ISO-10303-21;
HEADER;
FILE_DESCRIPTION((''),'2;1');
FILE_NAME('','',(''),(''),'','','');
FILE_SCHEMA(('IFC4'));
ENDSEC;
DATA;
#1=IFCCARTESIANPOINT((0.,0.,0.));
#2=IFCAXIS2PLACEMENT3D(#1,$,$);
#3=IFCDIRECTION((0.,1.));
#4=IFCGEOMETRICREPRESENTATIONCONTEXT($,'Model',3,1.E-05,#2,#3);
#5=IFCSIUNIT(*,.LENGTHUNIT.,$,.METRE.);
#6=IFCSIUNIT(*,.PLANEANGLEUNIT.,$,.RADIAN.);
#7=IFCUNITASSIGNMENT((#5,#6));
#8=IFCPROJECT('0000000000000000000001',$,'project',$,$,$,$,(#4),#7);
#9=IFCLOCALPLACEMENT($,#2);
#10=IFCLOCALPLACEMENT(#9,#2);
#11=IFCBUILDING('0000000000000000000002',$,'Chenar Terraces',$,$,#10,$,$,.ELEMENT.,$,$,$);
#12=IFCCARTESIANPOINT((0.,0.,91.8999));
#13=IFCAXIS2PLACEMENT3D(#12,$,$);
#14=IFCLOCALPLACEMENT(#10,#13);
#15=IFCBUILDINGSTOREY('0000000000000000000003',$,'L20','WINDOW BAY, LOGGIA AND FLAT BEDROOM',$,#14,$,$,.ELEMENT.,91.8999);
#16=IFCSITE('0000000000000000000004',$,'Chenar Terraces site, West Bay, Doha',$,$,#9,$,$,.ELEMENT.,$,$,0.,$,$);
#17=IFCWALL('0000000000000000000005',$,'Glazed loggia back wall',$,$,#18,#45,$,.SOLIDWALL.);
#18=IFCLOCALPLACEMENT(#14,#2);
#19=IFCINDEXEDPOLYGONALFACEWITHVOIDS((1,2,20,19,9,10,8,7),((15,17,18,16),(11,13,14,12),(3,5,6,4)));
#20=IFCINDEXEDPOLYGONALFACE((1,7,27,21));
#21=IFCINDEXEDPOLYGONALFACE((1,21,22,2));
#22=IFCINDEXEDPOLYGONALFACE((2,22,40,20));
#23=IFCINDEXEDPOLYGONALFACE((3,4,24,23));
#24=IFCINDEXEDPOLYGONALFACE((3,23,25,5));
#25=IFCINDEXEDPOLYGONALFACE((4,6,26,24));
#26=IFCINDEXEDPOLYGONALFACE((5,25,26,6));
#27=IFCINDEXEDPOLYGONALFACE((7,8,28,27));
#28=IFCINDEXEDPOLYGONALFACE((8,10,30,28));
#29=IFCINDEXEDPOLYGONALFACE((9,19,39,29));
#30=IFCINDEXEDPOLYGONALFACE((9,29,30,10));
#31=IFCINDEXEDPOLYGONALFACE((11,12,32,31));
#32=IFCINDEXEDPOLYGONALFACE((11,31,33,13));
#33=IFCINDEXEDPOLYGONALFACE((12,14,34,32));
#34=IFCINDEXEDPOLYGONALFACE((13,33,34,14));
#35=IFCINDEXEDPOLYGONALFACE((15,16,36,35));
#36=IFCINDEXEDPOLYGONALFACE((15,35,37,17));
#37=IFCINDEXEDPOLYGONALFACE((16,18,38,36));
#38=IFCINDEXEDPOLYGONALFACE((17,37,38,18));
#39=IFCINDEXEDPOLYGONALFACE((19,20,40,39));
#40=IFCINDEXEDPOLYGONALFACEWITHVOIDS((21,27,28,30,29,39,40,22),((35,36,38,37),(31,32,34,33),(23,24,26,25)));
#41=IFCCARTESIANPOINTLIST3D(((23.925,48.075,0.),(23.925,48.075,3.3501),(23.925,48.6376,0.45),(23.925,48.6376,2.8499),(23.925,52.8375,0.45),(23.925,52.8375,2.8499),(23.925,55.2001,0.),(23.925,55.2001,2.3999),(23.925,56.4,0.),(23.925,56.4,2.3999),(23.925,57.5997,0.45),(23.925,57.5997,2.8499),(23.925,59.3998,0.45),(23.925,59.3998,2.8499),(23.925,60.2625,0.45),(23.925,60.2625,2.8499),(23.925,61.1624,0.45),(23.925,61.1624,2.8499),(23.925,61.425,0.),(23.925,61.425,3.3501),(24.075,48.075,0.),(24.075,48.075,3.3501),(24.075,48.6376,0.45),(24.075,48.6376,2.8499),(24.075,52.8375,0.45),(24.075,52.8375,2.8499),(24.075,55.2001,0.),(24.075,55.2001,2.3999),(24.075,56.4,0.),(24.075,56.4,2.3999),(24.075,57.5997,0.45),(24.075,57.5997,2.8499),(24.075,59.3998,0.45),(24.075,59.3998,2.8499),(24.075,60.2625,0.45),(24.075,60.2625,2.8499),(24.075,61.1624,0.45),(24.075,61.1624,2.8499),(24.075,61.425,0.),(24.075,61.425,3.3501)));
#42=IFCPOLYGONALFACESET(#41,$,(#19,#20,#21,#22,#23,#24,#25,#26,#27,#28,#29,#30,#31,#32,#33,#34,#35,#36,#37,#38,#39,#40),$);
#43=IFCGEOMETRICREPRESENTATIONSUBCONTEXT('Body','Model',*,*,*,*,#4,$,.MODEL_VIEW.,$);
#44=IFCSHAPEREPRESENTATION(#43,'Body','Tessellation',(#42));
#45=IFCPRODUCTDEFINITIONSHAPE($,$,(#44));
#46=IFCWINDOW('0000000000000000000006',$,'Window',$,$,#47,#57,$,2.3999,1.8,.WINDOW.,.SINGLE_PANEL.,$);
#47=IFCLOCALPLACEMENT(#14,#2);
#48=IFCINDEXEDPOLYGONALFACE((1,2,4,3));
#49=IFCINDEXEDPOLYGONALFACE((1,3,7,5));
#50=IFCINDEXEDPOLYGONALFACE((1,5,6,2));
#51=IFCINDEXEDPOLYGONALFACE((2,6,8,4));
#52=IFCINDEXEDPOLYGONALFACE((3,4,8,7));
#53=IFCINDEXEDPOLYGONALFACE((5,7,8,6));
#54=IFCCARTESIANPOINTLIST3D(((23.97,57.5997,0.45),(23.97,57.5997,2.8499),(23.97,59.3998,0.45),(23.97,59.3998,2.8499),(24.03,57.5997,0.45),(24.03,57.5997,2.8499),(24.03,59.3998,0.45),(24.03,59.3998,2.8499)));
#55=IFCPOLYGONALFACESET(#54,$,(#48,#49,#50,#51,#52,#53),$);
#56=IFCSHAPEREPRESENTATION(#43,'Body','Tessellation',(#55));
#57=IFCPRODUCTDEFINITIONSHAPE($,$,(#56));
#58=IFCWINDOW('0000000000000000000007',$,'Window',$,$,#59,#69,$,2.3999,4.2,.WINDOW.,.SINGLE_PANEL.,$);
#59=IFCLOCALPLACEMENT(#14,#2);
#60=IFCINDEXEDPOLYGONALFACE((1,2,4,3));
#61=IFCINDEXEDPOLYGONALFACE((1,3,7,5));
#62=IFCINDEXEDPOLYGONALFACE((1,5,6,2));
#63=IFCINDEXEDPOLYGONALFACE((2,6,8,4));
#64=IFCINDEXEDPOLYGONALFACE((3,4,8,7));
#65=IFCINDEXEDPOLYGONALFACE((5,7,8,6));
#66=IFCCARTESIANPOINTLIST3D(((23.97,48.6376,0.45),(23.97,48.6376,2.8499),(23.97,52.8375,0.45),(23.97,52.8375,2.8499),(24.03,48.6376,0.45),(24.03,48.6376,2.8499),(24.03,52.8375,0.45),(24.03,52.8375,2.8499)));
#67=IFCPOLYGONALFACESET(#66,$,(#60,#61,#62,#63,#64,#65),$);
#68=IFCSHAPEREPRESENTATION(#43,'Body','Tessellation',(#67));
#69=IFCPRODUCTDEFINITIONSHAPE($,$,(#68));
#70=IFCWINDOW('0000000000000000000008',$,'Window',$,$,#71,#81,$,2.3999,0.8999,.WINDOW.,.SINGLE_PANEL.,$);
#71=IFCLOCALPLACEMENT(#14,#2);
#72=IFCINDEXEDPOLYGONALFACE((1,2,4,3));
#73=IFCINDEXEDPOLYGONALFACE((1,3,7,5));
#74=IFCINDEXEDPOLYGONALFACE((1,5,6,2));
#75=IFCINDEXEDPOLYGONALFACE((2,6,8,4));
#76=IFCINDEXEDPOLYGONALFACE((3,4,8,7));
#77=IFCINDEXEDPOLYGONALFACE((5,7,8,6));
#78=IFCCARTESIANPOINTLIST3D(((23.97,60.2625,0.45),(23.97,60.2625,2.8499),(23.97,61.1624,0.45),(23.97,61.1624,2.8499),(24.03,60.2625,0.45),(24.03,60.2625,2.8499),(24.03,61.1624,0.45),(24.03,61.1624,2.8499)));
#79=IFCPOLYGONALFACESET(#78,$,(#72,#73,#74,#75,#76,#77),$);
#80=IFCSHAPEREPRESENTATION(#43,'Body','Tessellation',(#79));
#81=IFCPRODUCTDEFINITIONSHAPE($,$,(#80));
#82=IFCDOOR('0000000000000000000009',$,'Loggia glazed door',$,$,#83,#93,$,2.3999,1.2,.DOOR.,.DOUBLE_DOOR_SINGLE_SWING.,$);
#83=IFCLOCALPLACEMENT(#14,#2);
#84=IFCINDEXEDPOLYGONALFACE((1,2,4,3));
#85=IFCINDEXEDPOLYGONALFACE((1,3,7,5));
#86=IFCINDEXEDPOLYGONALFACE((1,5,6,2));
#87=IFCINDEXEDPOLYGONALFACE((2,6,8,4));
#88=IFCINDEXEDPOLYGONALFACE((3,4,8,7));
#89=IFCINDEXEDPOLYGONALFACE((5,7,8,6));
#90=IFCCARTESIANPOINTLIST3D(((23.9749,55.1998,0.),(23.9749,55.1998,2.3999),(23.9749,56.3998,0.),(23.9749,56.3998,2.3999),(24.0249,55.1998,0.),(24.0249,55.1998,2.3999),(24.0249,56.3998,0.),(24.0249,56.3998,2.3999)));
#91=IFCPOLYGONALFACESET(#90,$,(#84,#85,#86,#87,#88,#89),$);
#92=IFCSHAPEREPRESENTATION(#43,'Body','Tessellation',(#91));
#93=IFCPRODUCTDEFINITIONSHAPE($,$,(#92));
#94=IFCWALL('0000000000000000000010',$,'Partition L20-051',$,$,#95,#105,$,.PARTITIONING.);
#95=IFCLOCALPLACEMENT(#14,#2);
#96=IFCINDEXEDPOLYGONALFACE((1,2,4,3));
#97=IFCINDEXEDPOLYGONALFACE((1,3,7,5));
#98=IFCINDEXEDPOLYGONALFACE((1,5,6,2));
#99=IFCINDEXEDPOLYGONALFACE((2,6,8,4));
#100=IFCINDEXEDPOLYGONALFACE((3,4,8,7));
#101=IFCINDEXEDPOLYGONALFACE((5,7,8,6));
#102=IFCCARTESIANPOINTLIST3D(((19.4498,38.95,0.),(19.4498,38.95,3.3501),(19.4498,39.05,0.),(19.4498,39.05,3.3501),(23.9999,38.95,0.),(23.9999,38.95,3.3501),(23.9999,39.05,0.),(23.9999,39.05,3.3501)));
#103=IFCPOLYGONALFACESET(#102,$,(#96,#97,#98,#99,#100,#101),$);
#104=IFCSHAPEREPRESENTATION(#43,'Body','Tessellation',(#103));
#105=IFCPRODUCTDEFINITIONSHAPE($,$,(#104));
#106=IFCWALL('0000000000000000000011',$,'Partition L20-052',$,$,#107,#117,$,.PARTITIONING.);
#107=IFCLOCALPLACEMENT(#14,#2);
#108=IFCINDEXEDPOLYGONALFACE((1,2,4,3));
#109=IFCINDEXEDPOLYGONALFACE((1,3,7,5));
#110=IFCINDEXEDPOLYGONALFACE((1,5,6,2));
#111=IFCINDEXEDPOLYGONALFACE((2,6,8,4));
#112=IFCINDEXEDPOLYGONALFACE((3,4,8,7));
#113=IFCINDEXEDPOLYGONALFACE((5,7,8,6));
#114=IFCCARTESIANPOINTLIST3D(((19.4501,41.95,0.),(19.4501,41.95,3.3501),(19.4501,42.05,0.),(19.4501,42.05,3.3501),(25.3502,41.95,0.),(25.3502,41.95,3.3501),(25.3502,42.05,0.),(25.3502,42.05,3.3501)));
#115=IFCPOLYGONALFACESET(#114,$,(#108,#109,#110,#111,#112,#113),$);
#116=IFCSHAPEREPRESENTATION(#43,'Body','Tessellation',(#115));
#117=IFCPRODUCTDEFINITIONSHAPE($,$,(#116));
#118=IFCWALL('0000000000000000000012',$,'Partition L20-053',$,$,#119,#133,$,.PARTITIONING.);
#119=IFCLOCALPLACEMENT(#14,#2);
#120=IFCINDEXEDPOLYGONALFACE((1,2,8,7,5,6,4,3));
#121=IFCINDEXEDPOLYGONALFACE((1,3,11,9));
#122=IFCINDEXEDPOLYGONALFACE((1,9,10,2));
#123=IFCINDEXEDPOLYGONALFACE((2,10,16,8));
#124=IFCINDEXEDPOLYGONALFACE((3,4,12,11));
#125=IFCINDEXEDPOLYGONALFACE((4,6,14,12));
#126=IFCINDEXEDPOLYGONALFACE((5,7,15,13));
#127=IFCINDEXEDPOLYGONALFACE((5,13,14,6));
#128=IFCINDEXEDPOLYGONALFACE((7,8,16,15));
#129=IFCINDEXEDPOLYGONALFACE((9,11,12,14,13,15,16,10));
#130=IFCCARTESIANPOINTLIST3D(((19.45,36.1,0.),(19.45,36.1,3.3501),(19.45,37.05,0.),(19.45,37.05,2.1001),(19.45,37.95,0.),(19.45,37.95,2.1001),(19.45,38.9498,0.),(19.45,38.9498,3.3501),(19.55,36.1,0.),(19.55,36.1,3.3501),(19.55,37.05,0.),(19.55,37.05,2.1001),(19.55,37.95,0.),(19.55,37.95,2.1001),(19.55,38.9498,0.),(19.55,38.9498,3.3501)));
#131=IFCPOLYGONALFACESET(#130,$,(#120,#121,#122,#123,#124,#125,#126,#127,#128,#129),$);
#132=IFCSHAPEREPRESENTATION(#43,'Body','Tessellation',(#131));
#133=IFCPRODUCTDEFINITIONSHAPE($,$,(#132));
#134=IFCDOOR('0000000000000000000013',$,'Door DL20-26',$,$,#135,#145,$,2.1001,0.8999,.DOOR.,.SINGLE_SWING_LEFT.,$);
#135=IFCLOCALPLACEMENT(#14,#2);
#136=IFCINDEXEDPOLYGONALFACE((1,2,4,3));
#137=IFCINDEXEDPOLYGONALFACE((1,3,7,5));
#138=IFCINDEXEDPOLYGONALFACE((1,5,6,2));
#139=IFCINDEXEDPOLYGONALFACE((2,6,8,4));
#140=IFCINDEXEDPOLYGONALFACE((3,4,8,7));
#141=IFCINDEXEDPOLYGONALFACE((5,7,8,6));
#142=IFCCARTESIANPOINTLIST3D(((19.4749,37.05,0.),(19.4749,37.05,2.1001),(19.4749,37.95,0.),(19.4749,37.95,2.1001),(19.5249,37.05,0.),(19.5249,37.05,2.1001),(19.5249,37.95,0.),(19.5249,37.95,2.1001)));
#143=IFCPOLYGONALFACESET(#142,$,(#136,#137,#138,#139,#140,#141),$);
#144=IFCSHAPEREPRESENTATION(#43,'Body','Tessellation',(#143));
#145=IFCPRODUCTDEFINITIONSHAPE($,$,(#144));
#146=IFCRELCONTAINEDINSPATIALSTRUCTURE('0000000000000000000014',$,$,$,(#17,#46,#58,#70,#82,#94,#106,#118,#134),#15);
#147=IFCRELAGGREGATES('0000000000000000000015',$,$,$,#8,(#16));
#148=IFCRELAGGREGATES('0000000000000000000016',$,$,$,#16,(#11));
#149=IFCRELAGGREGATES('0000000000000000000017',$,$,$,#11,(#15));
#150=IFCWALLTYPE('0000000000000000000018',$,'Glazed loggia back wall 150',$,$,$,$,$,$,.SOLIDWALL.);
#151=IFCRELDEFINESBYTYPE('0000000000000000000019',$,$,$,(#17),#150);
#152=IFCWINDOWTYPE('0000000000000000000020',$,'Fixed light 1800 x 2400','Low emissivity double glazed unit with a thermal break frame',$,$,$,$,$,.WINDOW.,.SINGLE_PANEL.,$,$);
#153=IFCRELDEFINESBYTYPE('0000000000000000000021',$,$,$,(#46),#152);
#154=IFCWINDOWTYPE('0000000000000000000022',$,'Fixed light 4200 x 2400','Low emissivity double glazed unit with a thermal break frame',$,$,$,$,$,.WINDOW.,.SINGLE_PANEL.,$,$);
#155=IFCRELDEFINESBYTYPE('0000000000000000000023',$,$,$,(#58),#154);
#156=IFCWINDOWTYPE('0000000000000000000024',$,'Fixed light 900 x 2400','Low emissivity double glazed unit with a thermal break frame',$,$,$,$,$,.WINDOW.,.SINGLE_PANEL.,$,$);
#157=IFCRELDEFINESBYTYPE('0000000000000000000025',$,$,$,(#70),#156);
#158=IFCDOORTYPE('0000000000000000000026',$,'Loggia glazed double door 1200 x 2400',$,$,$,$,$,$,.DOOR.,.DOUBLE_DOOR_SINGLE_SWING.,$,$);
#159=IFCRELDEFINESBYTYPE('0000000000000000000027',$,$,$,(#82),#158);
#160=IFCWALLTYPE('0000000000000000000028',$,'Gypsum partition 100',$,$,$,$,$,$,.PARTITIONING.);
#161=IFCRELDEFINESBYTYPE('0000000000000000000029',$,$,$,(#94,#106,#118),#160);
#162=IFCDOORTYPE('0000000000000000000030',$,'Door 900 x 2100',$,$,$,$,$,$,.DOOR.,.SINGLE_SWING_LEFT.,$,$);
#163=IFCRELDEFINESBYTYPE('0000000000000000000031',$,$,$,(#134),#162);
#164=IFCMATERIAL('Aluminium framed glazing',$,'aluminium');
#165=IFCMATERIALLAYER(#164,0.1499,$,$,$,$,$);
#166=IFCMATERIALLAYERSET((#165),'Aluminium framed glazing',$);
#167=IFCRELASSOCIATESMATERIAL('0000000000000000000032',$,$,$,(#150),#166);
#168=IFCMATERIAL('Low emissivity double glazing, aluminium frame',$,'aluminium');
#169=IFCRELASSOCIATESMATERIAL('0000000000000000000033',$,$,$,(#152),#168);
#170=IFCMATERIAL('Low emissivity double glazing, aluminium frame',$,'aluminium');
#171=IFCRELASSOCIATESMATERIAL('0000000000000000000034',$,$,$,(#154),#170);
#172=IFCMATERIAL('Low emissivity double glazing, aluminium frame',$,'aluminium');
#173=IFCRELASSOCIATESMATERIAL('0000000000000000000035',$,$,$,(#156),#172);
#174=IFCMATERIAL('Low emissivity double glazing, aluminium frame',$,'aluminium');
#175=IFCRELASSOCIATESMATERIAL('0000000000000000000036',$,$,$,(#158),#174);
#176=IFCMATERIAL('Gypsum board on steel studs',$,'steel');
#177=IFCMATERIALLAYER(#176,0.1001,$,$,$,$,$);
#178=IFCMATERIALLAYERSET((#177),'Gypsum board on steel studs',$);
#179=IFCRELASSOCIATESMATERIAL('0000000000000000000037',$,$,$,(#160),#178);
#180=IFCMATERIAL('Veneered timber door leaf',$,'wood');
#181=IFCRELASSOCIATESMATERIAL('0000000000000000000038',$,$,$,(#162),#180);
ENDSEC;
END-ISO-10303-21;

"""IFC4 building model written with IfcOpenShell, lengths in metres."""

from ifc_helpers import new_model, si_unit, direction, frame, frame_2d, origin, place, context, subcontext, project, spatial, rectangle, extrude, material, layer, layer_set, type_object, element, fill, save


model = new_model("IFC4")

# Units and contexts
model_context = context("Model", 3, precision=1e-05, world=origin(), true_north=direction((0.0, 1.0)))
body_context = subcontext(model_context, "Body", "Model", "MODEL_VIEW")
ifc_project = project(units=[si_unit("LENGTHUNIT", "METRE"), si_unit("PLANEANGLEUNIT", "RADIAN")], contexts=[model_context])

# Site, building, storey
site_placement = place(None, origin())
site = spatial("IfcSite", under=ifc_project, at=site_placement, Name="Chenar Terraces site, West Bay, Doha", CompositionType="ELEMENT", RefElevation=0.0)
building_placement = place(site_placement, origin())
building = spatial("IfcBuilding", under=site, at=building_placement, Name="Chenar Terraces", CompositionType="ELEMENT")
storey_placement = place(building_placement, frame((0.0, 0.0, 91.8999)))
storey = spatial("IfcBuildingStorey", under=building, at=storey_placement, Name="L20", Description="WINDOW BAY, LOGGIA AND FLAT BEDROOM", CompositionType="ELEMENT", Elevation=91.8999)

# Wall, openings, windows, door
ifc_material_1 = material(Name="Aluminium framed glazing", Category="aluminium")
ifc_layer_1 = layer(ifc_material_1, 0.1499)
ifc_layer_set_1 = layer_set([ifc_layer_1], Name="Aluminium framed glazing")
wall_type_1 = type_object("IfcWallType", Name="Glazed loggia back wall 150", PredefinedType="SOLIDWALL", material=ifc_layer_set_1)
wall_1_placement = place(storey_placement, frame((24.0, 48.075, 0.0), z_axis=(0.0, 0.0, 1.0), x_axis=(0.0, 1.0, 0.0)))
wall_1 = element("IfcWall", 1, at=wall_1_placement, inside=storey, type_object=wall_type_1, Name="Glazed loggia back wall", PredefinedType="SOLIDWALL", context=body_context, shape_type="SweptSolid", body=[
    extrude(rectangle(XDim=13.3501, YDim=0.1499, at=frame_2d((6.675, 0.0))), origin(), (0.0, 0.0, 1.0), 3.3501),
])
opening_1_placement = place(wall_1_placement, frame((0.5625, 0.0, 0.45)))
opening_1 = element("IfcOpeningElement", 2, at=opening_1_placement, cuts=wall_1, PredefinedType="OPENING", context=body_context, shape_type="SweptSolid", body=[
    extrude(rectangle(XDim=4.2, YDim=2.3999, at=frame_2d((2.1001, 1.2))), frame((0.0, 0.085, 0.0), z_axis=(0.0, -1.0, 0.0), x_axis=(1.0, 0.0, 0.0)), (0.0, 0.0, 1.0), 0.1699),
])
opening_2_placement = place(wall_1_placement, frame((7.125, 0.0, 0.0)))
opening_2 = element("IfcOpeningElement", 3, at=opening_2_placement, cuts=wall_1, PredefinedType="OPENING", context=body_context, shape_type="SweptSolid", body=[
    extrude(rectangle(XDim=1.2, YDim=2.3999, at=frame_2d((0.6001, 1.2))), frame((0.0, 0.085, 0.0), z_axis=(0.0, -1.0, 0.0), x_axis=(1.0, 0.0, 0.0)), (0.0, 0.0, 1.0), 0.1699),
])
opening_3_placement = place(wall_1_placement, frame((9.5249, 0.0, 0.45)))
opening_3 = element("IfcOpeningElement", 4, at=opening_3_placement, cuts=wall_1, PredefinedType="OPENING", context=body_context, shape_type="SweptSolid", body=[
    extrude(rectangle(XDim=1.8, YDim=2.3999, at=frame_2d((0.8999, 1.2))), frame((0.0, 0.085, 0.0), z_axis=(0.0, -1.0, 0.0), x_axis=(1.0, 0.0, 0.0)), (0.0, 0.0, 1.0), 0.1699),
])
opening_4_placement = place(wall_1_placement, frame((12.1875, 0.0, 0.45)))
opening_4 = element("IfcOpeningElement", 5, at=opening_4_placement, cuts=wall_1, PredefinedType="OPENING", context=body_context, shape_type="SweptSolid", body=[
    extrude(rectangle(XDim=0.8999, YDim=2.3999, at=frame_2d((0.45, 1.2))), frame((0.0, 0.085, 0.0), z_axis=(0.0, -1.0, 0.0), x_axis=(1.0, 0.0, 0.0)), (0.0, 0.0, 1.0), 0.1699),
])
ifc_material_2 = material(Name="Low emissivity double glazing, aluminium frame", Category="aluminium")
window_type_1 = type_object("IfcWindowType", Name="Fixed light 1800 x 2400", Description="Low emissivity double glazed unit with a thermal break frame", PartitioningType="SINGLE_PANEL", PredefinedType="WINDOW", material=ifc_material_2)
window_1_placement = place(opening_3_placement, origin())
window_1 = element("IfcWindow", 6, at=window_1_placement, inside=storey, type_object=window_type_1, Name="Window", OverallHeight=2.3999, OverallWidth=1.8, PartitioningType="SINGLE_PANEL", PredefinedType="WINDOW", context=body_context, shape_type="SweptSolid", body=[
    extrude(rectangle(XDim=1.8, YDim=2.3999, at=frame_2d((0.8999, 1.2))), frame((0.0, 0.03, 0.0), z_axis=(0.0, -1.0, 0.0), x_axis=(1.0, 0.0, 0.0)), (0.0, 0.0, 1.0), 0.0601),
])
fill(opening_3, window_1)
ifc_material_3 = material(Name="Low emissivity double glazing, aluminium frame", Category="aluminium")
window_type_2 = type_object("IfcWindowType", Name="Fixed light 4200 x 2400", Description="Low emissivity double glazed unit with a thermal break frame", PartitioningType="SINGLE_PANEL", PredefinedType="WINDOW", material=ifc_material_3)
window_2_placement = place(opening_1_placement, origin())
window_2 = element("IfcWindow", 7, at=window_2_placement, inside=storey, type_object=window_type_2, Name="Window", OverallHeight=2.3999, OverallWidth=4.2, PartitioningType="SINGLE_PANEL", PredefinedType="WINDOW", context=body_context, shape_type="SweptSolid", body=[
    extrude(rectangle(XDim=4.2, YDim=2.3999, at=frame_2d((2.1001, 1.2))), frame((0.0, 0.03, 0.0), z_axis=(0.0, -1.0, 0.0), x_axis=(1.0, 0.0, 0.0)), (0.0, 0.0, 1.0), 0.0601),
])
fill(opening_1, window_2)
ifc_material_4 = material(Name="Low emissivity double glazing, aluminium frame", Category="aluminium")
window_type_3 = type_object("IfcWindowType", Name="Fixed light 900 x 2400", Description="Low emissivity double glazed unit with a thermal break frame", PartitioningType="SINGLE_PANEL", PredefinedType="WINDOW", material=ifc_material_4)
window_3_placement = place(opening_4_placement, origin())
window_3 = element("IfcWindow", 8, at=window_3_placement, inside=storey, type_object=window_type_3, Name="Window", OverallHeight=2.3999, OverallWidth=0.8999, PartitioningType="SINGLE_PANEL", PredefinedType="WINDOW", context=body_context, shape_type="SweptSolid", body=[
    extrude(rectangle(XDim=0.8999, YDim=2.3999, at=frame_2d((0.45, 1.2))), frame((0.0, 0.03, 0.0), z_axis=(0.0, -1.0, 0.0), x_axis=(1.0, 0.0, 0.0)), (0.0, 0.0, 1.0), 0.0601),
])
fill(opening_4, window_3)
ifc_material_5 = material(Name="Low emissivity double glazing, aluminium frame", Category="aluminium")
door_type_1 = type_object("IfcDoorType", Name="Loggia glazed double door 1200 x 2400", OperationType="DOUBLE_DOOR_SINGLE_SWING", PredefinedType="DOOR", material=ifc_material_5)
door_1_placement = place(opening_2_placement, frame((1.2, 0.0, 0.0), z_axis=(0.0, 0.0, 1.0), x_axis=(-1.0, 0.0, 0.0)))
door_1 = element("IfcDoor", 9, at=door_1_placement, inside=storey, type_object=door_type_1, Name="Loggia glazed door", OperationType="DOUBLE_DOOR_SINGLE_SWING", OverallHeight=2.3999, OverallWidth=1.2, PredefinedType="DOOR", context=body_context, shape_type="SweptSolid", body=[
    extrude(rectangle(XDim=1.2, YDim=2.3999, at=frame_2d((0.6001, 1.2))), frame((0.0, 0.0249, 0.0), z_axis=(0.0, -1.0, 0.0), x_axis=(1.0, 0.0, 0.0)), (0.0, 0.0, 1.0), 0.05),
])
fill(opening_2, door_1)

# Walls
ifc_material_6 = material(Name="Gypsum board on steel studs", Category="steel")
ifc_layer_2 = layer(ifc_material_6, 0.1001)
ifc_layer_set_2 = layer_set([ifc_layer_2], Name="Gypsum board on steel studs")
wall_type_2 = type_object("IfcWallType", Name="Gypsum partition 100", PredefinedType="PARTITIONING", material=ifc_layer_set_2)
wall_2_placement = place(storey_placement, frame((19.45, 39.0, 0.0), z_axis=(0.0, 0.0, 1.0), x_axis=(1.0, 0.0, 0.0)))
element("IfcWall", 10, at=wall_2_placement, inside=storey, type_object=wall_type_2, Name="Partition L20-051", PredefinedType="PARTITIONING", context=body_context, shape_type="SweptSolid", body=[
    extrude(rectangle(XDim=4.55, YDim=0.1001, at=frame_2d((2.2749, 0.0))), origin(), (0.0, 0.0, 1.0), 3.3501),
])
wall_3_placement = place(storey_placement, frame((19.45, 42.0, 0.0), z_axis=(0.0, 0.0, 1.0), x_axis=(1.0, 0.0, 0.0)))
element("IfcWall", 11, at=wall_3_placement, inside=storey, type_object=wall_type_2, Name="Partition L20-052", PredefinedType="PARTITIONING", context=body_context, shape_type="SweptSolid", body=[
    extrude(rectangle(XDim=5.9001, YDim=0.1001, at=frame_2d((2.9502, 0.0))), origin(), (0.0, 0.0, 1.0), 3.3501),
])

# Wall, opening, door
wall_4_placement = place(storey_placement, frame((19.5, 36.1001, 0.0), z_axis=(0.0, 0.0, 1.0), x_axis=(0.0, 1.0, 0.0)))
wall_4 = element("IfcWall", 12, at=wall_4_placement, inside=storey, type_object=wall_type_2, Name="Partition L20-053", PredefinedType="PARTITIONING", context=body_context, shape_type="SweptSolid", body=[
    extrude(rectangle(XDim=2.8499, YDim=0.1001, at=frame_2d((1.4248, 0.0))), origin(), (0.0, 0.0, 1.0), 3.3501),
])
opening_5_placement = place(wall_4_placement, frame((0.95, 0.0, 0.0)))
opening_5 = element("IfcOpeningElement", 13, at=opening_5_placement, cuts=wall_4, PredefinedType="OPENING", context=body_context, shape_type="SweptSolid", body=[
    extrude(rectangle(XDim=0.8999, YDim=2.1001, at=frame_2d((0.45, 1.05))), frame((0.0, 0.0601, 0.0), z_axis=(0.0, -1.0, 0.0), x_axis=(1.0, 0.0, 0.0)), (0.0, 0.0, 1.0), 0.1201),
])
ifc_material_7 = material(Name="Veneered timber door leaf", Category="wood")
door_type_2 = type_object("IfcDoorType", Name="Door 900 x 2100", OperationType="SINGLE_SWING_LEFT", PredefinedType="DOOR", material=ifc_material_7)
door_2_placement = place(opening_5_placement, frame((0.8999, 0.0, 0.0), z_axis=(0.0, 0.0, 1.0), x_axis=(-1.0, 0.0, 0.0)))
door_2 = element("IfcDoor", 14, at=door_2_placement, inside=storey, type_object=door_type_2, Name="Door DL20-26", OperationType="SINGLE_SWING_LEFT", OverallHeight=2.1001, OverallWidth=0.8999, PredefinedType="DOOR", context=body_context, shape_type="SweptSolid", body=[
    extrude(rectangle(XDim=0.8999, YDim=2.1001, at=frame_2d((0.45, 1.05))), frame((0.0, 0.0249, 0.0), z_axis=(0.0, -1.0, 0.0), x_axis=(1.0, 0.0, 0.0)), (0.0, 0.0, 1.0), 0.05),
])
fill(opening_5, door_2)

save(model, "model.ifc")
